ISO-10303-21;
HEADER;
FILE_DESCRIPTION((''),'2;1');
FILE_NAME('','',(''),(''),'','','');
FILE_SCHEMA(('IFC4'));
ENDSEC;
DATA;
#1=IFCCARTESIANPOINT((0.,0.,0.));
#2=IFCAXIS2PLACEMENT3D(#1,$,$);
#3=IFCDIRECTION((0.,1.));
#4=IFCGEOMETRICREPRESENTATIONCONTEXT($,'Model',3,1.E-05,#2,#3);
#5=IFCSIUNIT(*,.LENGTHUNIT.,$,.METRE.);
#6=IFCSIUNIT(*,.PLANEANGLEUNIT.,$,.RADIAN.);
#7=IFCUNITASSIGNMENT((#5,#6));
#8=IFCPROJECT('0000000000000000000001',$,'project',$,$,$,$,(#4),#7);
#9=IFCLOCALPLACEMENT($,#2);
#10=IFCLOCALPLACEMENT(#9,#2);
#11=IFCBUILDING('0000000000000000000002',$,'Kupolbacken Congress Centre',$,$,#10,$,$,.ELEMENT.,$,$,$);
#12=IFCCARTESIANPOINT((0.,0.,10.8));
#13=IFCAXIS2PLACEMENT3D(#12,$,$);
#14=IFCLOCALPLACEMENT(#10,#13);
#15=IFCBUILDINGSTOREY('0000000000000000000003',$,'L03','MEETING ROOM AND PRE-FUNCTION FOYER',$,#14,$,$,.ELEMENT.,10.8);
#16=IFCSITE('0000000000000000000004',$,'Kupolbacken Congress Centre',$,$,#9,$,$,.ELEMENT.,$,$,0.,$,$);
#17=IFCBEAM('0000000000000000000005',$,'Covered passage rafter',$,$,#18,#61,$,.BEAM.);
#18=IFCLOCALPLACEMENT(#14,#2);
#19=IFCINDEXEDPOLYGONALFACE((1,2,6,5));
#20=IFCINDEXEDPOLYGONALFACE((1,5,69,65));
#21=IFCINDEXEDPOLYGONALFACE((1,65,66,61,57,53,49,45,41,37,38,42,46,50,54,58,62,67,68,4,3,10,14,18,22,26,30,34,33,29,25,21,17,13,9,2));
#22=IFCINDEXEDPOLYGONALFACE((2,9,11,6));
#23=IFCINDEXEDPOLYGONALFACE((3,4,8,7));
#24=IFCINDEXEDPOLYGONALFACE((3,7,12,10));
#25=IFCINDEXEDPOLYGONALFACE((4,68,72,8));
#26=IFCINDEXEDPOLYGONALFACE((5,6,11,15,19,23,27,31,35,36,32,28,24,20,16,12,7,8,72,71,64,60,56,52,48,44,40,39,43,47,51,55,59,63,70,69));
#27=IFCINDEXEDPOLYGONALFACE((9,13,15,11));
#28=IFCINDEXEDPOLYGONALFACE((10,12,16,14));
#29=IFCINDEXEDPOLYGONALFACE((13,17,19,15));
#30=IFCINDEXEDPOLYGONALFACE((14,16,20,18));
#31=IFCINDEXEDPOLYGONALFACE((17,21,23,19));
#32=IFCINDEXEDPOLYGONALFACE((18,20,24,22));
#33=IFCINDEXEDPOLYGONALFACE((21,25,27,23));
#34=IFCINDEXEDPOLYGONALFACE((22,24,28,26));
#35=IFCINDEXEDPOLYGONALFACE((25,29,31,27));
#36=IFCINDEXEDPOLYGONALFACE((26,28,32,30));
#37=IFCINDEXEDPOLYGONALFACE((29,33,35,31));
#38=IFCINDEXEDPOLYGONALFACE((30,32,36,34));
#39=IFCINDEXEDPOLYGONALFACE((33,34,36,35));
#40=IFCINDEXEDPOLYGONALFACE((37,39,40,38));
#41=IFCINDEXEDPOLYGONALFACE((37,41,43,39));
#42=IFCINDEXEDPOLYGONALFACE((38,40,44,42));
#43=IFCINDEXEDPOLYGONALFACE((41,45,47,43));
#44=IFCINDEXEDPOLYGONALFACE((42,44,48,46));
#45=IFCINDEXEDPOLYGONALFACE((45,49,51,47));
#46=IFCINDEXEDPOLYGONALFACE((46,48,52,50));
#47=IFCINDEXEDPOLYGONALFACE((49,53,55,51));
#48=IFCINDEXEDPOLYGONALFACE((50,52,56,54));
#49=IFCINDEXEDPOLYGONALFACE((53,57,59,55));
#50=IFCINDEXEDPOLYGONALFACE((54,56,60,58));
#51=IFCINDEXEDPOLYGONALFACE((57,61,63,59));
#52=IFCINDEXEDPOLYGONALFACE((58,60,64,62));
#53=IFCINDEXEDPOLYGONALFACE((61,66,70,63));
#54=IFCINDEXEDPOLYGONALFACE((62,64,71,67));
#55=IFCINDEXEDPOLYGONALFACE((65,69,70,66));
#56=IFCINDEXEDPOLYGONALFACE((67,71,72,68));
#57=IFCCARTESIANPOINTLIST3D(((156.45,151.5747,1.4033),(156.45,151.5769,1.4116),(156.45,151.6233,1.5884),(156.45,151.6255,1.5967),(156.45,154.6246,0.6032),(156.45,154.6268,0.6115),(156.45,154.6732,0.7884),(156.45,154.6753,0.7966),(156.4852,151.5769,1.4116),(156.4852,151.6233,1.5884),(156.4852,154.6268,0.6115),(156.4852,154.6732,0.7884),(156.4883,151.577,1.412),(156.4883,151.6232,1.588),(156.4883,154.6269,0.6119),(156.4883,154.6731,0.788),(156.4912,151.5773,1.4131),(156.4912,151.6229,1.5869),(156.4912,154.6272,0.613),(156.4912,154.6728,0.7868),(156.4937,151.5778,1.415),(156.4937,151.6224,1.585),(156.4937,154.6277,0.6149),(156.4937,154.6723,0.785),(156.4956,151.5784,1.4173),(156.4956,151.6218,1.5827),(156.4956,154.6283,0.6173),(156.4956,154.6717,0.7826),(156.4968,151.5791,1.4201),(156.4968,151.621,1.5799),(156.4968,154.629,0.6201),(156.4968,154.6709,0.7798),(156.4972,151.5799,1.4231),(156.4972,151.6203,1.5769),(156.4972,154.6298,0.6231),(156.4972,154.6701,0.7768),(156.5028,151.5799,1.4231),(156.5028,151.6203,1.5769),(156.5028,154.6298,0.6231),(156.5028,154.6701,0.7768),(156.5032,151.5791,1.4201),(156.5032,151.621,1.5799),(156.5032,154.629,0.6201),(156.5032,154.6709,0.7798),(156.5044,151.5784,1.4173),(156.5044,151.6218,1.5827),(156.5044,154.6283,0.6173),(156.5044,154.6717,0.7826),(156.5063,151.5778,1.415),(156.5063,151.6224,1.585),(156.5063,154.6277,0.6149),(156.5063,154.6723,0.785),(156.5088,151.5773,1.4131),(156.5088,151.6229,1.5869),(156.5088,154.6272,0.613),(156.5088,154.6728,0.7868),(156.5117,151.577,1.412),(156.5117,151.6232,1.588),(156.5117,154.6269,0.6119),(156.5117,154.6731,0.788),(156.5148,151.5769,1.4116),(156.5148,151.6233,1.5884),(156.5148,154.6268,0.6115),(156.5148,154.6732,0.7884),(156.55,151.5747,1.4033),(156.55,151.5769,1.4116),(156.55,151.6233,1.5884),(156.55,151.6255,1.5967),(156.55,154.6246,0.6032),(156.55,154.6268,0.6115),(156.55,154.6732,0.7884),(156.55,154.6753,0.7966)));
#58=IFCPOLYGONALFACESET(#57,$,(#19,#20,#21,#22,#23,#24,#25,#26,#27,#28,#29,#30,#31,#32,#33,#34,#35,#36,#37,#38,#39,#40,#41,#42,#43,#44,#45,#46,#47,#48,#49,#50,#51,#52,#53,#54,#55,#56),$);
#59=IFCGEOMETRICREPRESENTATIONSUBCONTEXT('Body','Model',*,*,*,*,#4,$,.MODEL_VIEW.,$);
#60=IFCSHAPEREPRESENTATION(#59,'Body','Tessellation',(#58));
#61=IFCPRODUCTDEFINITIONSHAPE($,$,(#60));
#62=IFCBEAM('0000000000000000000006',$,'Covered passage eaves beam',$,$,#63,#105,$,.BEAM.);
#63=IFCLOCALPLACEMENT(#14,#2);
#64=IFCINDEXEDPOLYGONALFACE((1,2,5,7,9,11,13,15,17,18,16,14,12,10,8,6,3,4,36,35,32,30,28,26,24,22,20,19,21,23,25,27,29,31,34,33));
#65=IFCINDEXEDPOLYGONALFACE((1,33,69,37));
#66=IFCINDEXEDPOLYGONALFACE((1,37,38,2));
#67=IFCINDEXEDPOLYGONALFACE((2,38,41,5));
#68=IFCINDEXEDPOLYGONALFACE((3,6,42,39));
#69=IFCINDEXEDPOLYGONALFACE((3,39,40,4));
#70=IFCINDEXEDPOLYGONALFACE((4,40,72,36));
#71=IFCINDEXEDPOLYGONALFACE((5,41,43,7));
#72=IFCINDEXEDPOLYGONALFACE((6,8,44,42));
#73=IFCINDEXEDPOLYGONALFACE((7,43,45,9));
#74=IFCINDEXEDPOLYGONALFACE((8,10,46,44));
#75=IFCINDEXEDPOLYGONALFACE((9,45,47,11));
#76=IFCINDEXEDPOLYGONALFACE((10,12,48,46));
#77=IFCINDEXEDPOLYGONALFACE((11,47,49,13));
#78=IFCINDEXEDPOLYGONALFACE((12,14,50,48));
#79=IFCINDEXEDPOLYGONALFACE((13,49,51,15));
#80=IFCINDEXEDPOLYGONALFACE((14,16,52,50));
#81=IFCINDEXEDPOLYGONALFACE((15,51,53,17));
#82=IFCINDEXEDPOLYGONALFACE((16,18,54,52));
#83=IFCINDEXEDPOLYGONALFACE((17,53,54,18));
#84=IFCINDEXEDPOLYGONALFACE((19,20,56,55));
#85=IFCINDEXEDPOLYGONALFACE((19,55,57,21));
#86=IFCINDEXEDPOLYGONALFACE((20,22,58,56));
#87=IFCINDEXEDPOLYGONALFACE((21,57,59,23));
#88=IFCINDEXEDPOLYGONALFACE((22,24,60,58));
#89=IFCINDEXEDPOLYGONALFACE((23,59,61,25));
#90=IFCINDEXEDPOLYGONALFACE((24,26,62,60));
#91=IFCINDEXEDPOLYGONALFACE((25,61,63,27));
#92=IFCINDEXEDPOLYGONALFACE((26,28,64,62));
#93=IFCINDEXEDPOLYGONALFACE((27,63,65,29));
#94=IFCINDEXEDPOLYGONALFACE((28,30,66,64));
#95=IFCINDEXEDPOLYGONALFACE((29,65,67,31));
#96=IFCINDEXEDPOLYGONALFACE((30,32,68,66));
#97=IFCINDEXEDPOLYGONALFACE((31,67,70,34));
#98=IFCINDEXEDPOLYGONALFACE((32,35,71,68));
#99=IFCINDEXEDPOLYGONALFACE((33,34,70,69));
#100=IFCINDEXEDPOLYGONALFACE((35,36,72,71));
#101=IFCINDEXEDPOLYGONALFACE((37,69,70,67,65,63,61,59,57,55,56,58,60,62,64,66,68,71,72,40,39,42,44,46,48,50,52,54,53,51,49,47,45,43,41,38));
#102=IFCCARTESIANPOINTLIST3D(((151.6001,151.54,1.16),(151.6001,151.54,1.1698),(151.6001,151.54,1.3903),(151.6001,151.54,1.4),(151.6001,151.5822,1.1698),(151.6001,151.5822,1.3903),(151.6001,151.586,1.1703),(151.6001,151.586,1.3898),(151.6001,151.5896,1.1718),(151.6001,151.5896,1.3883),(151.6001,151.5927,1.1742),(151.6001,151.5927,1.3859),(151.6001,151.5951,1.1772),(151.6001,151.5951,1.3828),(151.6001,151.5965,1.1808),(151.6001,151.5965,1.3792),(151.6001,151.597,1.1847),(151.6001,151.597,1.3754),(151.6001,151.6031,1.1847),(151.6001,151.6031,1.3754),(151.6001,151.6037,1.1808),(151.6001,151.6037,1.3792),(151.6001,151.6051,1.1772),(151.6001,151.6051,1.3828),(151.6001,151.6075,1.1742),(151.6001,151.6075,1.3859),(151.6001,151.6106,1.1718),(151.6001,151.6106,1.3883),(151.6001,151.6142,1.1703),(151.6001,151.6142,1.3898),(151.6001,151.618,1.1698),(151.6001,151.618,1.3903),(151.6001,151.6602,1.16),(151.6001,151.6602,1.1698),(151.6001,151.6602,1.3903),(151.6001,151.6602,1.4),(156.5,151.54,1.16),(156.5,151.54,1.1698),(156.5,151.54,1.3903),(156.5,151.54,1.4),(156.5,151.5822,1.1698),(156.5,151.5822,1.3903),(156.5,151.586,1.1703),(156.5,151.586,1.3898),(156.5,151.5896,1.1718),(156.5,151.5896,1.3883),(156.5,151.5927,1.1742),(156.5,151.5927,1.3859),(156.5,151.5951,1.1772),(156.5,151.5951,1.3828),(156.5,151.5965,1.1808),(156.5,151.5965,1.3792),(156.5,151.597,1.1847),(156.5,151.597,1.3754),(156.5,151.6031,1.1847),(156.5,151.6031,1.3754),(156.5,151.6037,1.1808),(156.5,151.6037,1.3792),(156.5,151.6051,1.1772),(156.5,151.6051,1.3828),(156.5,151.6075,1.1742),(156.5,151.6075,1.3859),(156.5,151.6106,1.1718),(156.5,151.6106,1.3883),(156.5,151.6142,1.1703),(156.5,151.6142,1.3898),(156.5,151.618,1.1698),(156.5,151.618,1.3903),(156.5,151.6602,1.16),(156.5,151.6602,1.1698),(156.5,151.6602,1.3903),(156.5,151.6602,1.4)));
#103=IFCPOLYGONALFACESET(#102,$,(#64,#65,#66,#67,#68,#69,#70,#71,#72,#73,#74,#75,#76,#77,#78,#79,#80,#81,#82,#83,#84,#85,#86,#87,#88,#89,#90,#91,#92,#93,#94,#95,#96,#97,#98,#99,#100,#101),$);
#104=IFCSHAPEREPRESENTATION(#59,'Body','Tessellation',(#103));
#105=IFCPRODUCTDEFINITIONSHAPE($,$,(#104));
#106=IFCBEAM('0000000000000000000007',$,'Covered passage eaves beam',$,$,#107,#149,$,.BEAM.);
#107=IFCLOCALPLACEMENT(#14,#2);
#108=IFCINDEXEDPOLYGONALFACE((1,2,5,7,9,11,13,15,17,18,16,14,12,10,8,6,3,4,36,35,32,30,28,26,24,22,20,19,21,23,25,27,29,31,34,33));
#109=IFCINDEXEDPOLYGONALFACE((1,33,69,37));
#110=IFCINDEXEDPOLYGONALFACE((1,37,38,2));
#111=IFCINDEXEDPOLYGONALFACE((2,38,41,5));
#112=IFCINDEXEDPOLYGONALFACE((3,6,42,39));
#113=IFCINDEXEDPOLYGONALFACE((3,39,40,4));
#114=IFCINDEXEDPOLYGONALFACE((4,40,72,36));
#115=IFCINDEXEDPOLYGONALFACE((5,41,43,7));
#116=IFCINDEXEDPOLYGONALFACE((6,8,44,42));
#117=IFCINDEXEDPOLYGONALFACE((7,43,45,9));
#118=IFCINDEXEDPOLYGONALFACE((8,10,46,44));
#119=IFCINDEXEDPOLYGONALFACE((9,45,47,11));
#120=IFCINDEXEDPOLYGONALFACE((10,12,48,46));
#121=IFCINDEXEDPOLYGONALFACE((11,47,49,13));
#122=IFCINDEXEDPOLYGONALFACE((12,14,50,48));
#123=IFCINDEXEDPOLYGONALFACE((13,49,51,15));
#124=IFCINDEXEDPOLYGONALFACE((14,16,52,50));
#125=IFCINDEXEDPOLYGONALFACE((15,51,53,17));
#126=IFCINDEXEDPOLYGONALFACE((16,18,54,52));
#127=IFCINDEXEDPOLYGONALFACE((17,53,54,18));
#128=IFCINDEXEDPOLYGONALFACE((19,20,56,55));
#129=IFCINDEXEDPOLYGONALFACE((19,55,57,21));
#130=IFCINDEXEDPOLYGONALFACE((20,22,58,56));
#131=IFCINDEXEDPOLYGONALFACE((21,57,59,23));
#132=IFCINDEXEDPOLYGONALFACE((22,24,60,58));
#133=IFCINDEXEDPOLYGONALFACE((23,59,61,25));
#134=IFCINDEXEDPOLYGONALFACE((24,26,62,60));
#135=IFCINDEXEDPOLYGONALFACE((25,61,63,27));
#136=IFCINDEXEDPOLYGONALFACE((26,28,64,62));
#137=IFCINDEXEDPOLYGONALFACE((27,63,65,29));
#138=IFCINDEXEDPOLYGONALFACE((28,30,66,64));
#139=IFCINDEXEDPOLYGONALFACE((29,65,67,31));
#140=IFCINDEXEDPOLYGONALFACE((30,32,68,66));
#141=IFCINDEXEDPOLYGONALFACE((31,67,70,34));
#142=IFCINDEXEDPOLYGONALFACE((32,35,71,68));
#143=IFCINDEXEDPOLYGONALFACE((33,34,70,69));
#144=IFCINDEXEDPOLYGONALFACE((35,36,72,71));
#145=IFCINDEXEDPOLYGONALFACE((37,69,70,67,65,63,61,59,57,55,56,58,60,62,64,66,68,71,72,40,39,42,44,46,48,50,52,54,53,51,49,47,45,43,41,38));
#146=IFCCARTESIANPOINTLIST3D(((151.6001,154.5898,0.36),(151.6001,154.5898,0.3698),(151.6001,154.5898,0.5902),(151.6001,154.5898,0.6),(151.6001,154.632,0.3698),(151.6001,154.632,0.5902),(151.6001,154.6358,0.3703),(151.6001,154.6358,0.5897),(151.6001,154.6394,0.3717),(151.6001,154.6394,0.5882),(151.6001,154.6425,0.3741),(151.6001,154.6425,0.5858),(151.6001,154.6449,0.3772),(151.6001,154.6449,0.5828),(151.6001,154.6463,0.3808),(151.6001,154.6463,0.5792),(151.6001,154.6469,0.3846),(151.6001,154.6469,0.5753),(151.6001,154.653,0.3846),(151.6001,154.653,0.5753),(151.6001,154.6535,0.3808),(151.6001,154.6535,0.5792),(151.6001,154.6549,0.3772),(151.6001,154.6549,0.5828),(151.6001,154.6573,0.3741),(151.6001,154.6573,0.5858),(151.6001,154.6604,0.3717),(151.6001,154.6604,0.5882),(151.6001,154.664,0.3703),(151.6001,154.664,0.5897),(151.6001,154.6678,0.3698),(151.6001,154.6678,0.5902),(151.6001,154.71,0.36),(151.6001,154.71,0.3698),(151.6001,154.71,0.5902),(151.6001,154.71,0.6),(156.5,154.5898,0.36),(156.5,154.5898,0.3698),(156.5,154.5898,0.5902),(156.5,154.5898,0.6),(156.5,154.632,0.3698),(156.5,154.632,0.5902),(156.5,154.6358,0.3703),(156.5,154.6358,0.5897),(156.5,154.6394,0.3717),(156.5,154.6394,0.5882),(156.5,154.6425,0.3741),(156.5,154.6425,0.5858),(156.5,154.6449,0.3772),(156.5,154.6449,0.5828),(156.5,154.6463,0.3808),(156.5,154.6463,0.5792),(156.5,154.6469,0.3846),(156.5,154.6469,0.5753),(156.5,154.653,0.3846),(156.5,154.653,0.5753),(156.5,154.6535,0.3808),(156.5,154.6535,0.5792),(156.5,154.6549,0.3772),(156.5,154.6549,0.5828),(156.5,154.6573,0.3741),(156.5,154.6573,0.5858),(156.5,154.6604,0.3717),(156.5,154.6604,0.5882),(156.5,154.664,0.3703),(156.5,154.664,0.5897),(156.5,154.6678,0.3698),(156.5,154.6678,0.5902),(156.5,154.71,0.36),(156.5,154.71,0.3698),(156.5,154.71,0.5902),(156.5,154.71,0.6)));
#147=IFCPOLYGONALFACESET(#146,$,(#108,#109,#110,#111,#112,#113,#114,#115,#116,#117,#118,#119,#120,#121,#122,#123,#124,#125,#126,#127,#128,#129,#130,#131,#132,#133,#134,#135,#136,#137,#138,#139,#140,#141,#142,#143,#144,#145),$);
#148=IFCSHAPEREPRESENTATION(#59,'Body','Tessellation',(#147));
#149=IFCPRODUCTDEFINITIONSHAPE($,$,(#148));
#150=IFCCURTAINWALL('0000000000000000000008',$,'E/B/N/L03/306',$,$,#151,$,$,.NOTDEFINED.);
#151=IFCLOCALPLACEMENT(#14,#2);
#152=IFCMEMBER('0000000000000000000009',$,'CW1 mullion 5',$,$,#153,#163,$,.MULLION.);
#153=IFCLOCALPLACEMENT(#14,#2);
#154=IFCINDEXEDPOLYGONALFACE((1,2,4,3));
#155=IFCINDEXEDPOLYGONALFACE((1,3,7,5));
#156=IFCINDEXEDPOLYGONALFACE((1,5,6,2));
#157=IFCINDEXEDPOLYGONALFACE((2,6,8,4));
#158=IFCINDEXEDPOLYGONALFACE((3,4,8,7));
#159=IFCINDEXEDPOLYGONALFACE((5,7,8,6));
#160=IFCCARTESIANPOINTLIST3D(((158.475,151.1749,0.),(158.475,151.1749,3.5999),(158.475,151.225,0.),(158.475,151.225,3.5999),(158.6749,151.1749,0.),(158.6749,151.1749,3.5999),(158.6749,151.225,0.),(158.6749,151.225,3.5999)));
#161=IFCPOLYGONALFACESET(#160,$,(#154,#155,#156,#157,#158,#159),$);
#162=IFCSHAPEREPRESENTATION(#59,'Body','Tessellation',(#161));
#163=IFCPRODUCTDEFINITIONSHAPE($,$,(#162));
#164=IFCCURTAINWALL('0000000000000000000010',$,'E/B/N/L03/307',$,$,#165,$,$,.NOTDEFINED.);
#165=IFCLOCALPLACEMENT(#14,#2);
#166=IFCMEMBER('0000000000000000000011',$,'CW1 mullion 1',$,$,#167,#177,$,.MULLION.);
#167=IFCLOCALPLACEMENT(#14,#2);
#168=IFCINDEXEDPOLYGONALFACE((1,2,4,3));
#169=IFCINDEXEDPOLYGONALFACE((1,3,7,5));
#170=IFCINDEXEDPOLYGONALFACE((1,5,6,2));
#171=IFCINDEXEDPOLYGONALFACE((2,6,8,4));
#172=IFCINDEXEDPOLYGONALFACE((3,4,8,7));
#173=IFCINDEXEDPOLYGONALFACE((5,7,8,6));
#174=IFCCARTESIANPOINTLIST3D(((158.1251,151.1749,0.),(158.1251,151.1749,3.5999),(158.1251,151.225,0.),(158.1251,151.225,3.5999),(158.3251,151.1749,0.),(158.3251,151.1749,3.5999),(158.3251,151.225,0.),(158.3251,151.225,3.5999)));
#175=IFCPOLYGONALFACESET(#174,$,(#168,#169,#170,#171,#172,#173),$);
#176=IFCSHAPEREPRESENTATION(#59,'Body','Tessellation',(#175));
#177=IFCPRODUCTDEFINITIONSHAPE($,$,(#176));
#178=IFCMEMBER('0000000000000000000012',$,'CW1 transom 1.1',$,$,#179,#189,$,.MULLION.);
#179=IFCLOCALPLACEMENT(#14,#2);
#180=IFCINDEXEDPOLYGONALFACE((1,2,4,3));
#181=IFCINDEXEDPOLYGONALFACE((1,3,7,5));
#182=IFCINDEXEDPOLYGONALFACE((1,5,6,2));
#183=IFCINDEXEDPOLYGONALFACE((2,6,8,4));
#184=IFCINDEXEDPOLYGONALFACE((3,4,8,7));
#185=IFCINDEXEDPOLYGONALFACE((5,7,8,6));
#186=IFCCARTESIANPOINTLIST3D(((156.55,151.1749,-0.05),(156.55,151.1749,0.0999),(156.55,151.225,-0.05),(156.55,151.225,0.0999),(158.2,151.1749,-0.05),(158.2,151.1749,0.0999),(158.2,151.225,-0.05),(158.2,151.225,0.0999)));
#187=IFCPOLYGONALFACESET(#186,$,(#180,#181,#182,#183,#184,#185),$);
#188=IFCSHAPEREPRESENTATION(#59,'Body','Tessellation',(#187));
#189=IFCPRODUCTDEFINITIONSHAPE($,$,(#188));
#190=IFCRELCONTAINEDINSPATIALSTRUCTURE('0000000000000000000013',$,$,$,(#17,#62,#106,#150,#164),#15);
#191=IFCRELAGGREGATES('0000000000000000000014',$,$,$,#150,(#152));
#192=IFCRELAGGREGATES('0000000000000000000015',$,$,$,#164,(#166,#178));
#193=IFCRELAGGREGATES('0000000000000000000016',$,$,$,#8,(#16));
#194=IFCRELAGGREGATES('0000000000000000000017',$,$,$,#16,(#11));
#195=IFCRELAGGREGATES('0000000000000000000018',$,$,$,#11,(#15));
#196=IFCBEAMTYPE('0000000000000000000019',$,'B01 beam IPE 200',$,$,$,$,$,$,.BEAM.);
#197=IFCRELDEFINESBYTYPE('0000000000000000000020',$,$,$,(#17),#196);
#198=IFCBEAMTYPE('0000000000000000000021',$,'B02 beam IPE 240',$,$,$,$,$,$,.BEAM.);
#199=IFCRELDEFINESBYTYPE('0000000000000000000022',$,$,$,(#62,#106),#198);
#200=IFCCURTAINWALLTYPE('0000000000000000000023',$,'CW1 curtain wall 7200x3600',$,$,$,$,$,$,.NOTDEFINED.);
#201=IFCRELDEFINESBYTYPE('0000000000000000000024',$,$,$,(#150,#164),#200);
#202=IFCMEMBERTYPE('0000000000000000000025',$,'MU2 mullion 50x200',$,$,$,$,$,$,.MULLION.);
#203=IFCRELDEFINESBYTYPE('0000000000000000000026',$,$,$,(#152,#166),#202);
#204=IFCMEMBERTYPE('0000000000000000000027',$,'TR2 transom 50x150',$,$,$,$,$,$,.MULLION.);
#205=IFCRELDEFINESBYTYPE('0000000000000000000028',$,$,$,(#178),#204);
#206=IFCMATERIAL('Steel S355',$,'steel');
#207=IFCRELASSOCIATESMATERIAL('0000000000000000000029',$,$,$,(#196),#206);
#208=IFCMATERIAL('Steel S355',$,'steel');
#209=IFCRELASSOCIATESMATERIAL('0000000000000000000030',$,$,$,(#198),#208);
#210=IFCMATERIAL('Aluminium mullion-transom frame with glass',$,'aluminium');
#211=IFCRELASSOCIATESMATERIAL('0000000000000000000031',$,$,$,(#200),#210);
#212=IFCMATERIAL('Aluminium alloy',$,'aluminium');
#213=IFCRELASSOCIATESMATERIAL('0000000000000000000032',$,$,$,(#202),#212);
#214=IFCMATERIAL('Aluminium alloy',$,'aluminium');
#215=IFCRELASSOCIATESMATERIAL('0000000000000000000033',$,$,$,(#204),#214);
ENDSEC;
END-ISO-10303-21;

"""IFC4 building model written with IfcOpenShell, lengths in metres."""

from ifc_helpers import new_model, si_unit, direction, frame, origin, origin_2d, place, context, subcontext, project, spatial, rectangle, i_section, extrude, material, material_profile, profile_set, type_object, element, aggregate, save


model = new_model("IFC4")

# Units and contexts
model_context = context("Model", 3, precision=1e-05, world=origin(), true_north=direction((0.0, 1.0)))
body_context = subcontext(model_context, "Body", "Model", "MODEL_VIEW")
ifc_project = project(units=[si_unit("LENGTHUNIT", "METRE"), si_unit("PLANEANGLEUNIT", "RADIAN")], contexts=[model_context])

# Site, building, storey
site_placement = place(None, origin())
site = spatial("IfcSite", under=ifc_project, at=site_placement, Name="Kupolbacken Congress Centre", CompositionType="ELEMENT", RefElevation=0.0)
building_placement = place(site_placement, origin())
building = spatial("IfcBuilding", under=site, at=building_placement, Name="Kupolbacken Congress Centre", CompositionType="ELEMENT")
storey_placement = place(building_placement, frame((0.0, 0.0, 10.8)))
storey = spatial("IfcBuildingStorey", under=building, at=storey_placement, Name="L03", Description="MEETING ROOM AND PRE-FUNCTION FOYER", CompositionType="ELEMENT", Elevation=10.8)

# Beams
ifc_material_1 = material(Name="Steel S355", Category="steel")
ifc_material_profile_1 = material_profile(ifc_material_1, i_section(OverallWidth=0.1001, OverallDepth=0.2, WebThickness=0.0056, FlangeThickness=0.0085, FilletRadius=0.012, at=origin_2d()), Name="IPE 200")
ifc_profile_set_1 = profile_set([ifc_material_profile_1], Name="Steel S355")
beam_type_1 = type_object("IfcBeamType", Name="B01 beam IPE 200", PredefinedType="BEAM", material=ifc_profile_set_1)
for number, where, z_axis, x_axis, name in (
    (1, (156.5, 151.6001, 1.5), (0.0, 0.967272, -0.253742), (-1.0, 0.0, 0.0), "Covered passage rafter"),
):
    element("IfcBeam", number, at=place(storey_placement, frame(where, z_axis=z_axis, x_axis=x_axis)), inside=storey, type_object=beam_type_1, Name=name, PredefinedType="BEAM", context=body_context, shape_type="SweptSolid", body=[
        extrude(i_section(OverallWidth=0.1001, OverallDepth=0.2, WebThickness=0.0056, FlangeThickness=0.0085, FilletRadius=0.012, at=origin_2d()), origin(), (0.0, 0.0, 1.0), 3.1531),
    ])
ifc_material_2 = material(Name="Steel S355", Category="steel")
ifc_material_profile_2 = material_profile(ifc_material_2, i_section(OverallWidth=0.1201, OverallDepth=0.24, WebThickness=0.0061, FlangeThickness=0.0098, FilletRadius=0.0149, at=origin_2d()), Name="IPE 240")
ifc_profile_set_2 = profile_set([ifc_material_profile_2], Name="Steel S355")
beam_type_2 = type_object("IfcBeamType", Name="B02 beam IPE 240", PredefinedType="BEAM", material=ifc_profile_set_2)
for number, where, z_axis, x_axis, name in (
    (2, (151.6001, 151.6001, 1.28), (1.0, 0.0, 0.0), (0.0, 1.0, 0.0), "Covered passage eaves beam"),
    (3, (151.6001, 154.6499, 0.48), (1.0, 0.0, 0.0), (0.0, 1.0, 0.0), "Covered passage eaves beam"),
):
    element("IfcBeam", number, at=place(storey_placement, frame(where, z_axis=z_axis, x_axis=x_axis)), inside=storey, type_object=beam_type_2, Name=name, PredefinedType="BEAM", context=body_context, shape_type="SweptSolid", body=[
        extrude(i_section(OverallWidth=0.1201, OverallDepth=0.24, WebThickness=0.0061, FlangeThickness=0.0098, FilletRadius=0.0149, at=origin_2d()), origin(), (0.0, 0.0, 1.0), 4.8999),
    ])

# Curtain wall, member
ifc_material_3 = material(Name="Aluminium mullion-transom frame with glass", Category="aluminium")
curtain_wall_type = type_object("IfcCurtainWallType", Name="CW1 curtain wall 7200x3600", PredefinedType="NOTDEFINED", material=ifc_material_3)
curtain_wall_1_placement = place(storey_placement, origin())
curtain_wall_1 = element("IfcCurtainWall", 4, at=curtain_wall_1_placement, inside=storey, type_object=curtain_wall_type, Name="E/B/N/L03/306", PredefinedType="NOTDEFINED")
ifc_material_4 = material(Name="Aluminium alloy", Category="aluminium")
ifc_material_profile_3 = material_profile(ifc_material_4, rectangle(XDim=0.05, YDim=0.2, at=origin_2d()), Name="50 x 200")
ifc_profile_set_3 = profile_set([ifc_material_profile_3], Name="Aluminium alloy")
member_type_1 = type_object("IfcMemberType", Name="MU2 mullion 50x200", PredefinedType="MULLION", material=ifc_profile_set_3)
member_1_placement = place(storey_placement, frame((158.575, 151.2, 0.0), z_axis=(0.0, 0.0, 1.0), x_axis=(0.0, -1.0, 0.0)))
member_1 = element("IfcMember", 5, at=member_1_placement, type_object=member_type_1, Name="CW1 mullion 5", PredefinedType="MULLION", context=body_context, shape_type="SweptSolid", body=[
    extrude(rectangle(XDim=0.05, YDim=0.2, at=origin_2d()), origin(), (0.0, 0.0, 1.0), 3.5999),
])

# Curtain wall, members
curtain_wall_2_placement = place(storey_placement, origin())
curtain_wall_2 = element("IfcCurtainWall", 6, at=curtain_wall_2_placement, inside=storey, type_object=curtain_wall_type, Name="E/B/N/L03/307", PredefinedType="NOTDEFINED")
member_2_placement = place(storey_placement, frame((158.2251, 151.2, 0.0), z_axis=(0.0, 0.0, 1.0), x_axis=(0.0, -1.0, 0.0)))
member_2 = element("IfcMember", 7, at=member_2_placement, type_object=member_type_1, Name="CW1 mullion 1", PredefinedType="MULLION", context=body_context, shape_type="SweptSolid", body=[
    extrude(rectangle(XDim=0.05, YDim=0.2, at=origin_2d()), origin(), (0.0, 0.0, 1.0), 3.5999),
])
ifc_material_5 = material(Name="Aluminium alloy", Category="aluminium")
ifc_material_profile_4 = material_profile(ifc_material_5, rectangle(XDim=0.05, YDim=0.1499, at=origin_2d()), Name="50 x 150")
ifc_profile_set_4 = profile_set([ifc_material_profile_4], Name="Aluminium alloy")
member_type_2 = type_object("IfcMemberType", Name="TR2 transom 50x150", PredefinedType="MULLION", material=ifc_profile_set_4)
member_3_placement = place(storey_placement, frame((158.2, 151.2, 0.0249), z_axis=(-1.0, 0.0, 0.0), x_axis=(0.0, -1.0, 0.0)))
member_3 = element("IfcMember", 8, at=member_3_placement, type_object=member_type_2, Name="CW1 transom 1.1", PredefinedType="MULLION", context=body_context, shape_type="SweptSolid", body=[
    extrude(rectangle(XDim=0.05, YDim=0.1499, at=origin_2d()), origin(), (0.0, 0.0, 1.0), 1.6499),
])

aggregate(curtain_wall_1, [member_1])
aggregate(curtain_wall_2, [member_2, member_3])

save(model, "model.ifc")
